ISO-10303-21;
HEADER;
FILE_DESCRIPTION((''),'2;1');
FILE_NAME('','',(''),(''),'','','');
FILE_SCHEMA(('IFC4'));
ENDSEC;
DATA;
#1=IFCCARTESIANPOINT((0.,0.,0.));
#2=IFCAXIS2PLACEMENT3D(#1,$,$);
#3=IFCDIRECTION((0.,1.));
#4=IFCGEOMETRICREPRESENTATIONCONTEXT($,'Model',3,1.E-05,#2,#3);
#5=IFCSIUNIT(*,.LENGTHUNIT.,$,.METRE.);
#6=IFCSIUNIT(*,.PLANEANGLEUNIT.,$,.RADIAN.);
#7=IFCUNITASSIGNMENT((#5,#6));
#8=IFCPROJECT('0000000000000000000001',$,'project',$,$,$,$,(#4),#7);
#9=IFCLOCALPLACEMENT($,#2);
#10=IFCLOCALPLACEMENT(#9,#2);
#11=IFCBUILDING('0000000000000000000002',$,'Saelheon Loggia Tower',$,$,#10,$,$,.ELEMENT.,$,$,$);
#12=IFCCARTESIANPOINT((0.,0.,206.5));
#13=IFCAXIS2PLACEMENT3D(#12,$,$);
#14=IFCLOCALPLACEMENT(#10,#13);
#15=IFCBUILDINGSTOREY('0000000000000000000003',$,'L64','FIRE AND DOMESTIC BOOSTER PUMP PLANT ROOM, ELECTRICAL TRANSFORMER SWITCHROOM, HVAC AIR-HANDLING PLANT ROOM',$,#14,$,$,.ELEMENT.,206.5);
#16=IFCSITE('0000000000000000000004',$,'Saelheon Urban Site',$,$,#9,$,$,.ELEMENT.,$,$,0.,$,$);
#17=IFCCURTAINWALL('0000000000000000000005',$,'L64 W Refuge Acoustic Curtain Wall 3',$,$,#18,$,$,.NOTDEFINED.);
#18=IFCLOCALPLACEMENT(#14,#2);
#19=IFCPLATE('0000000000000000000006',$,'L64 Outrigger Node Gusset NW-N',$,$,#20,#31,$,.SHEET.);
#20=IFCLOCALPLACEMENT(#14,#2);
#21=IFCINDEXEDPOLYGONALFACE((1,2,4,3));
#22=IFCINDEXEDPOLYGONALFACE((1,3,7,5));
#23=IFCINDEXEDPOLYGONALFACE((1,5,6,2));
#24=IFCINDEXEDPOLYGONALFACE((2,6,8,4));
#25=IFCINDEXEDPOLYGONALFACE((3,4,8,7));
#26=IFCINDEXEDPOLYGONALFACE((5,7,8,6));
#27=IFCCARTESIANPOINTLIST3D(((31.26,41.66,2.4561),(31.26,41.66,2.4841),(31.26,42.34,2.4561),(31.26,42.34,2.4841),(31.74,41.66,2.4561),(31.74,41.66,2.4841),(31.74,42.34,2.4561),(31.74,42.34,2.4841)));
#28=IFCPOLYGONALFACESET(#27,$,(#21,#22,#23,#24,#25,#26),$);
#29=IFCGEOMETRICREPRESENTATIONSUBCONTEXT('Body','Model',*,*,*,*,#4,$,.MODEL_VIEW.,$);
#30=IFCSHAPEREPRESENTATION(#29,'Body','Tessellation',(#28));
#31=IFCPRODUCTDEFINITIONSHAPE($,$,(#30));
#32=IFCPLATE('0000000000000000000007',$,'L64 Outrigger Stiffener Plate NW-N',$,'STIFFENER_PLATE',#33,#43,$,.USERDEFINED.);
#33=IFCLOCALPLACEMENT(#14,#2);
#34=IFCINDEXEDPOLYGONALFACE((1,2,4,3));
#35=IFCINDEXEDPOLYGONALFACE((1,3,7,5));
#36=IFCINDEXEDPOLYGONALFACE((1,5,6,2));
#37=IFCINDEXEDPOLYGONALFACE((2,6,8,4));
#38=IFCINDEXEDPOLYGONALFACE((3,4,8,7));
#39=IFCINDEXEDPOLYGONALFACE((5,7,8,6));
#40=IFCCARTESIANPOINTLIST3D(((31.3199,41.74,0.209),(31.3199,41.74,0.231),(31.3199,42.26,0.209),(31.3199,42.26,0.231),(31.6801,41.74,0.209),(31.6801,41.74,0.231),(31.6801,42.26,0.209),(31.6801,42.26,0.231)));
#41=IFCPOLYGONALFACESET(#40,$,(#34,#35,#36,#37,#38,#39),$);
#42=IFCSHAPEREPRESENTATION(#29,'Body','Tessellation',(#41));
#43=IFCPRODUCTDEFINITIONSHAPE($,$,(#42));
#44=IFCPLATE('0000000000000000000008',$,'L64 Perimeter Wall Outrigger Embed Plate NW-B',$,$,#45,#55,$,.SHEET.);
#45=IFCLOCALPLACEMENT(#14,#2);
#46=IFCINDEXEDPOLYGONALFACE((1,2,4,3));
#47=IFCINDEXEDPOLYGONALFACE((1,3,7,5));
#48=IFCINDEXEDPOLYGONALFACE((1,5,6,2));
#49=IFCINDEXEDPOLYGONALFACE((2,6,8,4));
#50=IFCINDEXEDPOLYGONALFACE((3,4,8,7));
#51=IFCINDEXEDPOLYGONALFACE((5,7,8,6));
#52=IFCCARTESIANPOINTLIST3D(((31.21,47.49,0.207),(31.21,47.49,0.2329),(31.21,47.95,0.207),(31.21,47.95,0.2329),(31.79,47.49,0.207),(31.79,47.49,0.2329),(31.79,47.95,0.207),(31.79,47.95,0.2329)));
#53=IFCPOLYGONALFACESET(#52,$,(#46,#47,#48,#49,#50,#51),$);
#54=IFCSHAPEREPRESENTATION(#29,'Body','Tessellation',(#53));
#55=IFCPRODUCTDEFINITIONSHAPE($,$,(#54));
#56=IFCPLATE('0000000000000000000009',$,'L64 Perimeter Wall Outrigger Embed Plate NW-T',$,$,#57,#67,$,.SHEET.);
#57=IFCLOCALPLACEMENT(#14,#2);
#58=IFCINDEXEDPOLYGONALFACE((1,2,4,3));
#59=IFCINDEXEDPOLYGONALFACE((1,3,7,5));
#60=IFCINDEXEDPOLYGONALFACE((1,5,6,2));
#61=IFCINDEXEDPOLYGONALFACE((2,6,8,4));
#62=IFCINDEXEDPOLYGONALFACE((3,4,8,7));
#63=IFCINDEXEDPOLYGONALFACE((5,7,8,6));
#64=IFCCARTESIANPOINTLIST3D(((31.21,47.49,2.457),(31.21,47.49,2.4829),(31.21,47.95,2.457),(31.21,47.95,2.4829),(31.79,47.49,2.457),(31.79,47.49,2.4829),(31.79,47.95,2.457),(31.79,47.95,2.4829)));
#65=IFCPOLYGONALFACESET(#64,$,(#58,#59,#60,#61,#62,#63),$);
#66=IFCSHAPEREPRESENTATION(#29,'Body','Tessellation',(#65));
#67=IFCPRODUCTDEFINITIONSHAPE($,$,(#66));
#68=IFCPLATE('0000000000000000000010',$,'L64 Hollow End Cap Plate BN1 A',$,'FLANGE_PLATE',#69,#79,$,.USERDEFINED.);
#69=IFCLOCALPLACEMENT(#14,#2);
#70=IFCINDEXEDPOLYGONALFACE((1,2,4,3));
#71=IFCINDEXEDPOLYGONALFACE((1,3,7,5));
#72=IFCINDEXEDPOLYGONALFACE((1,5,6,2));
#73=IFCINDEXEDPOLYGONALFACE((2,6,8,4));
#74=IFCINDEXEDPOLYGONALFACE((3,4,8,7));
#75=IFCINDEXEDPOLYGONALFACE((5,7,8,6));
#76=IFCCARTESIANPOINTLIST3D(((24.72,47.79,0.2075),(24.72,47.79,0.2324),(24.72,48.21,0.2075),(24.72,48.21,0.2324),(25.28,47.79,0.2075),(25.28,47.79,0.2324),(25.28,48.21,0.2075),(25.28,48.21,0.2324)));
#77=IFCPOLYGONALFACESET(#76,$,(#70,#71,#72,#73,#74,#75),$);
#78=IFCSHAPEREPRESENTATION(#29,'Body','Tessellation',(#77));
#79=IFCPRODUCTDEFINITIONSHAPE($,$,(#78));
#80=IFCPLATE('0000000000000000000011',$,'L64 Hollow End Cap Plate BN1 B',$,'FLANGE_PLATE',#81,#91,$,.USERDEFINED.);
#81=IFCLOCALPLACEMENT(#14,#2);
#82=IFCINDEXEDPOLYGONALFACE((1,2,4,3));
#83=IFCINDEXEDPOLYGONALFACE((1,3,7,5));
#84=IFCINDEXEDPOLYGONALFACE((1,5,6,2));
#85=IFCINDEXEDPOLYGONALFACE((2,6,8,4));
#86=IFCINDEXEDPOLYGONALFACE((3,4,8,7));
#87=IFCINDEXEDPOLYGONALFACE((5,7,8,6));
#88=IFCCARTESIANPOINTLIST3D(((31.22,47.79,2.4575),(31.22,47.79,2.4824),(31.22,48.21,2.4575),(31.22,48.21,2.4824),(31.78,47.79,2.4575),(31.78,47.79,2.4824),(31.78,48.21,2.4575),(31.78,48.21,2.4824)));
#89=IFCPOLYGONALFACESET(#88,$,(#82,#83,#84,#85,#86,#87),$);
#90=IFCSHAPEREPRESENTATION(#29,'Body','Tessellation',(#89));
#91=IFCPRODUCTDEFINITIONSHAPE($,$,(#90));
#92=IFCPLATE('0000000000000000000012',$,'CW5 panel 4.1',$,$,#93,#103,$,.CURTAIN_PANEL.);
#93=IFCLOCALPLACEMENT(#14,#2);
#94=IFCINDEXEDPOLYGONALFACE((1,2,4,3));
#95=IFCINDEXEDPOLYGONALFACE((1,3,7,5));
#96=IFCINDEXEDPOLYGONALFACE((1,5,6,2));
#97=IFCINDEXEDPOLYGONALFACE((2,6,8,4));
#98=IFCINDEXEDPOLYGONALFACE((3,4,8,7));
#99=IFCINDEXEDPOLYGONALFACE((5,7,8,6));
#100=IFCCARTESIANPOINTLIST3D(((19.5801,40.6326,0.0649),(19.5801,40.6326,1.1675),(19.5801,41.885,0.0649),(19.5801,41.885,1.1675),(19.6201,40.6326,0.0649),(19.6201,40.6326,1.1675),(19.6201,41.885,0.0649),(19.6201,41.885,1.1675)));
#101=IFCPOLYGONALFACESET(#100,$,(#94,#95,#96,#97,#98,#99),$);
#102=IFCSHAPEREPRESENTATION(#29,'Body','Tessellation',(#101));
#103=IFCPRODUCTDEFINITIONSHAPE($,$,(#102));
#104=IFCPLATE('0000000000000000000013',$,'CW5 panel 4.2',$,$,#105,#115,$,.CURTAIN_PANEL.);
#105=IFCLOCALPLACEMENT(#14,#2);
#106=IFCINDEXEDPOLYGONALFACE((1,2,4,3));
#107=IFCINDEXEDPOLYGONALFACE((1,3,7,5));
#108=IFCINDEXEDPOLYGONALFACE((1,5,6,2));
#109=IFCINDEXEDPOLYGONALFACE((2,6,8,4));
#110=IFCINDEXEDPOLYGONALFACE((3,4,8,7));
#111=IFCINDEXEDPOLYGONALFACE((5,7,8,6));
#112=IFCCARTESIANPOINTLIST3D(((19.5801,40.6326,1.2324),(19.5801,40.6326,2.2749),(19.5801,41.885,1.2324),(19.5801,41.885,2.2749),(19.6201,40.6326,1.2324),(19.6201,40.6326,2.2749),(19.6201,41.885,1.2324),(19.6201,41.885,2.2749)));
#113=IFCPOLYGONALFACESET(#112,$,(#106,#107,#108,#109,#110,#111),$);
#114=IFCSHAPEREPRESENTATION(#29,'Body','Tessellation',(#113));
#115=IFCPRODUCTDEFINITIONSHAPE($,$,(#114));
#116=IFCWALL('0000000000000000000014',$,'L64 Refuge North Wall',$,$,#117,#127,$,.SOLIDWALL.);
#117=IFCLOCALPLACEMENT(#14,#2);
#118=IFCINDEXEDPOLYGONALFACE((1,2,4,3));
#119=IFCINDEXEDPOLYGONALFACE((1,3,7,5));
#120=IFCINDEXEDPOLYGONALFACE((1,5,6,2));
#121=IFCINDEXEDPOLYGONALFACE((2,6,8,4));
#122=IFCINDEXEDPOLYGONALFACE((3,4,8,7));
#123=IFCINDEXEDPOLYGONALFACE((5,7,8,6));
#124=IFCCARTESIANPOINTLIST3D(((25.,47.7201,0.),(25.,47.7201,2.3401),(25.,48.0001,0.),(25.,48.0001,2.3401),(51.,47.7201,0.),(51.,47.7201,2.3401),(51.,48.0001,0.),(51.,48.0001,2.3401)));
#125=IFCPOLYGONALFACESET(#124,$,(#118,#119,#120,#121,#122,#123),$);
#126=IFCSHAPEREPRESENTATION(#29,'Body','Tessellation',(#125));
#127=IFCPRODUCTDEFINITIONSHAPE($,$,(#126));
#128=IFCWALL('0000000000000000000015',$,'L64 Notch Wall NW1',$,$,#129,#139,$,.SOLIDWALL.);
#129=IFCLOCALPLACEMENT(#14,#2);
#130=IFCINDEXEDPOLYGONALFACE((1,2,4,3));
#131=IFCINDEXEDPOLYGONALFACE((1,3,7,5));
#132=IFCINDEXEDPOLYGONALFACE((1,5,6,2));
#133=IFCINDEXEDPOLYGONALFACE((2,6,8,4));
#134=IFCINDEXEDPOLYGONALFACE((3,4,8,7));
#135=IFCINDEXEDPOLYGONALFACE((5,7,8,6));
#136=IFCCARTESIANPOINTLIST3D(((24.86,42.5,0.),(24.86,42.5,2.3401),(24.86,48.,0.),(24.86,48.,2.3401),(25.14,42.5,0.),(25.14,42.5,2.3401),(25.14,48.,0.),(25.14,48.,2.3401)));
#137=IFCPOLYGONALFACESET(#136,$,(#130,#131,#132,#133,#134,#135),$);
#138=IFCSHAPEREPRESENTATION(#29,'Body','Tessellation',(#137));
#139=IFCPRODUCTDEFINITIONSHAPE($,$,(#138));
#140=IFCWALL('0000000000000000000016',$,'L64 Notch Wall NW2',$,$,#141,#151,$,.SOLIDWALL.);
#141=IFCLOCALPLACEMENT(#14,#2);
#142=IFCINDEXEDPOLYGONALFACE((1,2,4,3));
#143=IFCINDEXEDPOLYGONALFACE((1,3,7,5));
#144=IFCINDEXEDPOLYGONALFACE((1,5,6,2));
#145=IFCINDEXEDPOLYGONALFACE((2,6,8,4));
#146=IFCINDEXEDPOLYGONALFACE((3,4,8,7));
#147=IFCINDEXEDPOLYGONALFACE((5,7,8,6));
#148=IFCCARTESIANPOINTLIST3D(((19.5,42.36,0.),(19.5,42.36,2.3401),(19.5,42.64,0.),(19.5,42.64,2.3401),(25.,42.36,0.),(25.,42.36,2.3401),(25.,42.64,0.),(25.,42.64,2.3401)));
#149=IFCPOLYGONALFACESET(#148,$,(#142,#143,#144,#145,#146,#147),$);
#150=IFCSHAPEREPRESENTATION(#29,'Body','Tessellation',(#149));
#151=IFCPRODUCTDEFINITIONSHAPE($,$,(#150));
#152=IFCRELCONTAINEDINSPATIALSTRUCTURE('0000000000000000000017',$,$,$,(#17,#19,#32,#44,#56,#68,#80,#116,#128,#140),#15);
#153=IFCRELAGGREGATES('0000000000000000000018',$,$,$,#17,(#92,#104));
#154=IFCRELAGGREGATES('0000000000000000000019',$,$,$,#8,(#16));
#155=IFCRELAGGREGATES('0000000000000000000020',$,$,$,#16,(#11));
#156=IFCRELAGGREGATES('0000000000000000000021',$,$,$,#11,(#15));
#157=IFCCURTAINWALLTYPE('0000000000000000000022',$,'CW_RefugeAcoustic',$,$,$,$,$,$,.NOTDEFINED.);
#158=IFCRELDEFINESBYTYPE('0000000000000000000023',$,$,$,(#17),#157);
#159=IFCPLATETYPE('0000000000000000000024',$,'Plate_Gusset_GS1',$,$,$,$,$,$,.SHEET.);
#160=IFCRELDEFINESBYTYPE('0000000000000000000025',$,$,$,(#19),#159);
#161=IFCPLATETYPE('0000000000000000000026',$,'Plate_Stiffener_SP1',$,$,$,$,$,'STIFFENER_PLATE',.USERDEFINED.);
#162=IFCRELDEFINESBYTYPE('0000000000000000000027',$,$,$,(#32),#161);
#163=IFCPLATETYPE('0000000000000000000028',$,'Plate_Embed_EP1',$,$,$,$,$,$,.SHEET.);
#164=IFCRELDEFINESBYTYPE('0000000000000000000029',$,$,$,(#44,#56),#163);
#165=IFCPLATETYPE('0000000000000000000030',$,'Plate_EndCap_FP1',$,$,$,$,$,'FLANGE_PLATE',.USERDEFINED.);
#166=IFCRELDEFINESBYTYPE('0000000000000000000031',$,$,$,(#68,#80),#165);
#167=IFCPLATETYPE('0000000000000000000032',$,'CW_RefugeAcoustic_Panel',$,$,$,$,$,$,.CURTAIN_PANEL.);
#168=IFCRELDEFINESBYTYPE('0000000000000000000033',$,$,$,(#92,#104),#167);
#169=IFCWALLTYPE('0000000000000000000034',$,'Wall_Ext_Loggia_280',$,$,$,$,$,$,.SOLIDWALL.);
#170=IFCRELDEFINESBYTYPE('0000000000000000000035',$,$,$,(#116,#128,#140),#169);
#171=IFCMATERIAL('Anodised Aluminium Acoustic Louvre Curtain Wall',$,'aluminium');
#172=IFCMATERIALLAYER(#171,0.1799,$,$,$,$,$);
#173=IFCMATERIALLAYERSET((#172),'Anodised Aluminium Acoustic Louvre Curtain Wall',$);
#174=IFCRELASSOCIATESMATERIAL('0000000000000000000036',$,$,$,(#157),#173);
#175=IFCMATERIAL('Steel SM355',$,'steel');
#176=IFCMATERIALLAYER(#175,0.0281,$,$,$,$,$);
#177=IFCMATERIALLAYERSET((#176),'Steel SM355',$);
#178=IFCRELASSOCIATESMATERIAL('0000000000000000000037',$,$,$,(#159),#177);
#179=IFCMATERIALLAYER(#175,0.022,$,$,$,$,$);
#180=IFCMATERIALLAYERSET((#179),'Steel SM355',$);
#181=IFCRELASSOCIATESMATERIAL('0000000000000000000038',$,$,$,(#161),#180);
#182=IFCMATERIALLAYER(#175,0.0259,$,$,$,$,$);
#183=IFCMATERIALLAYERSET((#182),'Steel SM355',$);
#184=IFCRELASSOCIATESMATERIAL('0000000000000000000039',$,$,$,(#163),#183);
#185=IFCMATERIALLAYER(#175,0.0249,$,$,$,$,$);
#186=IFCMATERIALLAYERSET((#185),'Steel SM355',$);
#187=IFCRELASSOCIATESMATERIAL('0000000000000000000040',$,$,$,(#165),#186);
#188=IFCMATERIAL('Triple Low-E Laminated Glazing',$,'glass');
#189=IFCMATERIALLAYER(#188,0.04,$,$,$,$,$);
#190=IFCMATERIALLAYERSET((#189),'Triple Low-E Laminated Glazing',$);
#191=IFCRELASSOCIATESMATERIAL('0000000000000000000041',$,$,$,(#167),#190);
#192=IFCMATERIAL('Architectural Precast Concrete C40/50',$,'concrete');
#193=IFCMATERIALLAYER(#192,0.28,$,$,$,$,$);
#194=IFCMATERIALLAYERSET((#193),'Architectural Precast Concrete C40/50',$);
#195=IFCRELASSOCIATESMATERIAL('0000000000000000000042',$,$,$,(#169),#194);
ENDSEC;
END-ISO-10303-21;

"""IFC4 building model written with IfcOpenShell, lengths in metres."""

from ifc_helpers import new_model, si_unit, direction, frame, frame_2d, origin, origin_2d, place, context, subcontext, project, spatial, rectangle, extrude, source, transform, mapped, material, layer, layer_set, type_object, element, aggregate, save


model = new_model("IFC4")

# Units and contexts
model_context = context("Model", 3, precision=1e-05, world=origin(), true_north=direction((0.0, 1.0)))
body_context = subcontext(model_context, "Body", "Model", "MODEL_VIEW")
ifc_project = project(units=[si_unit("LENGTHUNIT", "METRE"), si_unit("PLANEANGLEUNIT", "RADIAN")], contexts=[model_context])

# Site, building, storey
site_placement = place(None, origin())
site = spatial("IfcSite", under=ifc_project, at=site_placement, Name="Saelheon Urban Site", CompositionType="ELEMENT", RefElevation=0.0)
building_placement = place(site_placement, origin())
building = spatial("IfcBuilding", under=site, at=building_placement, Name="Saelheon Loggia Tower", CompositionType="ELEMENT")
storey_placement = place(building_placement, frame((0.0, 0.0, 206.5)))
storey = spatial("IfcBuildingStorey", under=building, at=storey_placement, Name="L64", Description="FIRE AND DOMESTIC BOOSTER PUMP PLANT ROOM, ELECTRICAL TRANSFORMER SWITCHROOM, HVAC AIR-HANDLING PLANT ROOM", CompositionType="ELEMENT", Elevation=206.5)

# Shared definitions
ifc_material_1 = material(Name="Steel SM355", Category="steel")

# Curtain wall
ifc_material_2 = material(Name="Anodised Aluminium Acoustic Louvre Curtain Wall", Category="aluminium")
ifc_layer_1 = layer(ifc_material_2, 0.1799)
ifc_layer_set_1 = layer_set([ifc_layer_1], Name="Anodised Aluminium Acoustic Louvre Curtain Wall")
curtain_wall_type = type_object("IfcCurtainWallType", Name="CW_RefugeAcoustic", PredefinedType="NOTDEFINED", material=ifc_layer_set_1)
curtain_wall_placement = place(storey_placement, origin())
curtain_wall = element("IfcCurtainWall", 1, at=curtain_wall_placement, inside=storey, type_object=curtain_wall_type, Name="L64 W Refuge Acoustic Curtain Wall 3", PredefinedType="NOTDEFINED")

# Plates
ifc_layer_2 = layer(ifc_material_1, 0.0281)
ifc_layer_set_2 = layer_set([ifc_layer_2], Name="Steel SM355")
plate_type_1 = type_object("IfcPlateType", Name="Plate_Gusset_GS1", PredefinedType="SHEET", material=ifc_layer_set_2)
shared_shape_1 = source(origin(), body_context, "Body", "SweptSolid", [
    extrude(rectangle(XDim=0.6799, YDim=0.48, at=origin_2d()), origin(), (0.0, 0.0, 1.0), 0.0281),
])
plate_1_placement = place(storey_placement, frame((31.5, 42.0, 2.4561), z_axis=(0.0, 0.0, 1.0), x_axis=(0.0, 1.0, 0.0)))
element("IfcPlate", 2, at=plate_1_placement, inside=storey, type_object=plate_type_1, Name="L64 Outrigger Node Gusset NW-N", PredefinedType="SHEET", context=body_context, shape_type="MappedRepresentation", body=[
    mapped(shared_shape_1, transform((0.0, 0.0, 0.0), scale=1.0)),
])
ifc_layer_3 = layer(ifc_material_1, 0.022)
ifc_layer_set_3 = layer_set([ifc_layer_3], Name="Steel SM355")
plate_type_2 = type_object("IfcPlateType", Name="Plate_Stiffener_SP1", ElementType="STIFFENER_PLATE", PredefinedType="USERDEFINED", material=ifc_layer_set_3)
shared_shape_2 = source(origin(), body_context, "Body", "SweptSolid", [
    extrude(rectangle(XDim=0.52, YDim=0.3601, at=origin_2d()), origin(), (0.0, 0.0, 1.0), 0.022),
])
plate_2_placement = place(storey_placement, frame((31.5, 42.0, 0.209), z_axis=(0.0, 0.0, 1.0), x_axis=(0.0, 1.0, 0.0)))
element("IfcPlate", 3, at=plate_2_placement, inside=storey, type_object=plate_type_2, Name="L64 Outrigger Stiffener Plate NW-N", ObjectType="STIFFENER_PLATE", PredefinedType="USERDEFINED", context=body_context, shape_type="MappedRepresentation", body=[
    mapped(shared_shape_2, transform((0.0, 0.0, 0.0), scale=1.0)),
])
ifc_layer_4 = layer(ifc_material_1, 0.0259)
ifc_layer_set_4 = layer_set([ifc_layer_4], Name="Steel SM355")
plate_type_3 = type_object("IfcPlateType", Name="Plate_Embed_EP1", PredefinedType="SHEET", material=ifc_layer_set_4)
shared_shape_3 = source(origin(), body_context, "Body", "SweptSolid", [
    extrude(rectangle(XDim=0.5801, YDim=0.46, at=origin_2d()), origin(), (0.0, 0.0, 1.0), 0.0259),
])
for number, where, z_axis, x_axis, name in (
    (4, (31.5, 47.72, 0.207), (0.0, 0.0, 1.0), (1.0, 0.0, 0.0), "L64 Perimeter Wall Outrigger Embed Plate NW-B"),
    (5, (31.5, 47.72, 2.457), (0.0, 0.0, 1.0), (1.0, 0.0, 0.0), "L64 Perimeter Wall Outrigger Embed Plate NW-T"),
):
    element("IfcPlate", number, at=place(storey_placement, frame(where, z_axis=z_axis, x_axis=x_axis)), inside=storey, type_object=plate_type_3, Name=name, PredefinedType="SHEET", context=body_context, shape_type="MappedRepresentation", body=[
        mapped(shared_shape_3, transform((0.0, 0.0, 0.0), scale=1.0)),
    ])
ifc_layer_5 = layer(ifc_material_1, 0.0249)
ifc_layer_set_5 = layer_set([ifc_layer_5], Name="Steel SM355")
plate_type_4 = type_object("IfcPlateType", Name="Plate_EndCap_FP1", ElementType="FLANGE_PLATE", PredefinedType="USERDEFINED", material=ifc_layer_set_5)
shared_shape_4 = source(origin(), body_context, "Body", "SweptSolid", [
    extrude(rectangle(XDim=0.5601, YDim=0.4199, at=origin_2d()), origin(), (0.0, 0.0, 1.0), 0.0249),
])
for number, where, z_axis, x_axis, name in (
    (6, (25.0, 48.0, 0.2075), (0.0, 0.0, 1.0), (1.0, 0.0, 0.0), "L64 Hollow End Cap Plate BN1 A"),
    (7, (31.5, 48.0, 2.4575), (0.0, 0.0, 1.0), (1.0, 0.0, 0.0), "L64 Hollow End Cap Plate BN1 B"),
):
    element("IfcPlate", number, at=place(storey_placement, frame(where, z_axis=z_axis, x_axis=x_axis)), inside=storey, type_object=plate_type_4, Name=name, ObjectType="FLANGE_PLATE", PredefinedType="USERDEFINED", context=body_context, shape_type="MappedRepresentation", body=[
        mapped(shared_shape_4, transform((0.0, 0.0, 0.0), scale=1.0)),
    ])

# Plates
ifc_material_3 = material(Name="Triple Low-E Laminated Glazing", Category="glass")
ifc_layer_6 = layer(ifc_material_3, 0.04)
ifc_layer_set_6 = layer_set([ifc_layer_6], Name="Triple Low-E Laminated Glazing")
plate_type_5 = type_object("IfcPlateType", Name="CW_RefugeAcoustic_Panel", PredefinedType="CURTAIN_PANEL", material=ifc_layer_set_6)
shared_shape_5 = source(origin(), body_context, "Body", "SweptSolid", [
    extrude(rectangle(XDim=1.2524, YDim=0.04, at=origin_2d()), origin(), (0.0, 0.0, 1.0), 1.1025),
])
plate_3_placement = place(storey_placement, frame((19.6001, 41.2588, 0.0649), z_axis=(0.0, 0.0, 1.0), x_axis=(0.0, 1.0, 0.0)))
plate_3 = element("IfcPlate", 8, at=plate_3_placement, type_object=plate_type_5, Name="CW5 panel 4.1", PredefinedType="CURTAIN_PANEL", context=body_context, shape_type="MappedRepresentation", body=[
    mapped(shared_shape_5, transform((0.0, 0.0, 0.0), scale=1.0)),
])
shared_shape_6 = source(origin(), body_context, "Body", "SweptSolid", [
    extrude(rectangle(XDim=1.2524, YDim=0.04, at=origin_2d()), origin(), (0.0, 0.0, 1.0), 1.0425),
])
plate_4_placement = place(storey_placement, frame((19.6001, 41.2588, 1.2324), z_axis=(0.0, 0.0, 1.0), x_axis=(0.0, 1.0, 0.0)))
plate_4 = element("IfcPlate", 9, at=plate_4_placement, type_object=plate_type_5, Name="CW5 panel 4.2", PredefinedType="CURTAIN_PANEL", context=body_context, shape_type="MappedRepresentation", body=[
    mapped(shared_shape_6, transform((0.0, 0.0, 0.0), scale=1.0)),
])
aggregate(curtain_wall, [plate_3, plate_4])

# Walls
ifc_material_4 = material(Name="Architectural Precast Concrete C40/50", Category="concrete")
ifc_layer_7 = layer(ifc_material_4, 0.28)
ifc_layer_set_7 = layer_set([ifc_layer_7], Name="Architectural Precast Concrete C40/50")
wall_type = type_object("IfcWallType", Name="Wall_Ext_Loggia_280", PredefinedType="SOLIDWALL", material=ifc_layer_set_7)
wall_placement = place(storey_placement, frame((25.0, 47.8601, 0.0), z_axis=(0.0, 0.0, 1.0), x_axis=(1.0, 0.0, 0.0)))
element("IfcWall", 10, at=wall_placement, inside=storey, type_object=wall_type, Name="L64 Refuge North Wall", PredefinedType="SOLIDWALL", context=body_context, shape_type="SweptSolid", body=[
    extrude(rectangle(XDim=26.0, YDim=0.28, at=frame_2d((13.0, 0.0))), origin(), (0.0, 0.0, 1.0), 2.3401),
])
for number, where, z_axis, x_axis, name in (
    (11, (25.0, 42.5, 0.0), (0.0, 0.0, 1.0), (0.0, 1.0, 0.0), "L64 Notch Wall NW1"),
    (12, (19.5, 42.5, 0.0), (0.0, 0.0, 1.0), (1.0, 0.0, 0.0), "L64 Notch Wall NW2"),
):
    element("IfcWall", number, at=place(storey_placement, frame(where, z_axis=z_axis, x_axis=x_axis)), inside=storey, type_object=wall_type, Name=name, PredefinedType="SOLIDWALL", context=body_context, shape_type="SweptSolid", body=[
        extrude(rectangle(XDim=5.5, YDim=0.28, at=frame_2d((2.75, 0.0))), origin(), (0.0, 0.0, 1.0), 2.3401),
    ])

save(model, "model.ifc")
